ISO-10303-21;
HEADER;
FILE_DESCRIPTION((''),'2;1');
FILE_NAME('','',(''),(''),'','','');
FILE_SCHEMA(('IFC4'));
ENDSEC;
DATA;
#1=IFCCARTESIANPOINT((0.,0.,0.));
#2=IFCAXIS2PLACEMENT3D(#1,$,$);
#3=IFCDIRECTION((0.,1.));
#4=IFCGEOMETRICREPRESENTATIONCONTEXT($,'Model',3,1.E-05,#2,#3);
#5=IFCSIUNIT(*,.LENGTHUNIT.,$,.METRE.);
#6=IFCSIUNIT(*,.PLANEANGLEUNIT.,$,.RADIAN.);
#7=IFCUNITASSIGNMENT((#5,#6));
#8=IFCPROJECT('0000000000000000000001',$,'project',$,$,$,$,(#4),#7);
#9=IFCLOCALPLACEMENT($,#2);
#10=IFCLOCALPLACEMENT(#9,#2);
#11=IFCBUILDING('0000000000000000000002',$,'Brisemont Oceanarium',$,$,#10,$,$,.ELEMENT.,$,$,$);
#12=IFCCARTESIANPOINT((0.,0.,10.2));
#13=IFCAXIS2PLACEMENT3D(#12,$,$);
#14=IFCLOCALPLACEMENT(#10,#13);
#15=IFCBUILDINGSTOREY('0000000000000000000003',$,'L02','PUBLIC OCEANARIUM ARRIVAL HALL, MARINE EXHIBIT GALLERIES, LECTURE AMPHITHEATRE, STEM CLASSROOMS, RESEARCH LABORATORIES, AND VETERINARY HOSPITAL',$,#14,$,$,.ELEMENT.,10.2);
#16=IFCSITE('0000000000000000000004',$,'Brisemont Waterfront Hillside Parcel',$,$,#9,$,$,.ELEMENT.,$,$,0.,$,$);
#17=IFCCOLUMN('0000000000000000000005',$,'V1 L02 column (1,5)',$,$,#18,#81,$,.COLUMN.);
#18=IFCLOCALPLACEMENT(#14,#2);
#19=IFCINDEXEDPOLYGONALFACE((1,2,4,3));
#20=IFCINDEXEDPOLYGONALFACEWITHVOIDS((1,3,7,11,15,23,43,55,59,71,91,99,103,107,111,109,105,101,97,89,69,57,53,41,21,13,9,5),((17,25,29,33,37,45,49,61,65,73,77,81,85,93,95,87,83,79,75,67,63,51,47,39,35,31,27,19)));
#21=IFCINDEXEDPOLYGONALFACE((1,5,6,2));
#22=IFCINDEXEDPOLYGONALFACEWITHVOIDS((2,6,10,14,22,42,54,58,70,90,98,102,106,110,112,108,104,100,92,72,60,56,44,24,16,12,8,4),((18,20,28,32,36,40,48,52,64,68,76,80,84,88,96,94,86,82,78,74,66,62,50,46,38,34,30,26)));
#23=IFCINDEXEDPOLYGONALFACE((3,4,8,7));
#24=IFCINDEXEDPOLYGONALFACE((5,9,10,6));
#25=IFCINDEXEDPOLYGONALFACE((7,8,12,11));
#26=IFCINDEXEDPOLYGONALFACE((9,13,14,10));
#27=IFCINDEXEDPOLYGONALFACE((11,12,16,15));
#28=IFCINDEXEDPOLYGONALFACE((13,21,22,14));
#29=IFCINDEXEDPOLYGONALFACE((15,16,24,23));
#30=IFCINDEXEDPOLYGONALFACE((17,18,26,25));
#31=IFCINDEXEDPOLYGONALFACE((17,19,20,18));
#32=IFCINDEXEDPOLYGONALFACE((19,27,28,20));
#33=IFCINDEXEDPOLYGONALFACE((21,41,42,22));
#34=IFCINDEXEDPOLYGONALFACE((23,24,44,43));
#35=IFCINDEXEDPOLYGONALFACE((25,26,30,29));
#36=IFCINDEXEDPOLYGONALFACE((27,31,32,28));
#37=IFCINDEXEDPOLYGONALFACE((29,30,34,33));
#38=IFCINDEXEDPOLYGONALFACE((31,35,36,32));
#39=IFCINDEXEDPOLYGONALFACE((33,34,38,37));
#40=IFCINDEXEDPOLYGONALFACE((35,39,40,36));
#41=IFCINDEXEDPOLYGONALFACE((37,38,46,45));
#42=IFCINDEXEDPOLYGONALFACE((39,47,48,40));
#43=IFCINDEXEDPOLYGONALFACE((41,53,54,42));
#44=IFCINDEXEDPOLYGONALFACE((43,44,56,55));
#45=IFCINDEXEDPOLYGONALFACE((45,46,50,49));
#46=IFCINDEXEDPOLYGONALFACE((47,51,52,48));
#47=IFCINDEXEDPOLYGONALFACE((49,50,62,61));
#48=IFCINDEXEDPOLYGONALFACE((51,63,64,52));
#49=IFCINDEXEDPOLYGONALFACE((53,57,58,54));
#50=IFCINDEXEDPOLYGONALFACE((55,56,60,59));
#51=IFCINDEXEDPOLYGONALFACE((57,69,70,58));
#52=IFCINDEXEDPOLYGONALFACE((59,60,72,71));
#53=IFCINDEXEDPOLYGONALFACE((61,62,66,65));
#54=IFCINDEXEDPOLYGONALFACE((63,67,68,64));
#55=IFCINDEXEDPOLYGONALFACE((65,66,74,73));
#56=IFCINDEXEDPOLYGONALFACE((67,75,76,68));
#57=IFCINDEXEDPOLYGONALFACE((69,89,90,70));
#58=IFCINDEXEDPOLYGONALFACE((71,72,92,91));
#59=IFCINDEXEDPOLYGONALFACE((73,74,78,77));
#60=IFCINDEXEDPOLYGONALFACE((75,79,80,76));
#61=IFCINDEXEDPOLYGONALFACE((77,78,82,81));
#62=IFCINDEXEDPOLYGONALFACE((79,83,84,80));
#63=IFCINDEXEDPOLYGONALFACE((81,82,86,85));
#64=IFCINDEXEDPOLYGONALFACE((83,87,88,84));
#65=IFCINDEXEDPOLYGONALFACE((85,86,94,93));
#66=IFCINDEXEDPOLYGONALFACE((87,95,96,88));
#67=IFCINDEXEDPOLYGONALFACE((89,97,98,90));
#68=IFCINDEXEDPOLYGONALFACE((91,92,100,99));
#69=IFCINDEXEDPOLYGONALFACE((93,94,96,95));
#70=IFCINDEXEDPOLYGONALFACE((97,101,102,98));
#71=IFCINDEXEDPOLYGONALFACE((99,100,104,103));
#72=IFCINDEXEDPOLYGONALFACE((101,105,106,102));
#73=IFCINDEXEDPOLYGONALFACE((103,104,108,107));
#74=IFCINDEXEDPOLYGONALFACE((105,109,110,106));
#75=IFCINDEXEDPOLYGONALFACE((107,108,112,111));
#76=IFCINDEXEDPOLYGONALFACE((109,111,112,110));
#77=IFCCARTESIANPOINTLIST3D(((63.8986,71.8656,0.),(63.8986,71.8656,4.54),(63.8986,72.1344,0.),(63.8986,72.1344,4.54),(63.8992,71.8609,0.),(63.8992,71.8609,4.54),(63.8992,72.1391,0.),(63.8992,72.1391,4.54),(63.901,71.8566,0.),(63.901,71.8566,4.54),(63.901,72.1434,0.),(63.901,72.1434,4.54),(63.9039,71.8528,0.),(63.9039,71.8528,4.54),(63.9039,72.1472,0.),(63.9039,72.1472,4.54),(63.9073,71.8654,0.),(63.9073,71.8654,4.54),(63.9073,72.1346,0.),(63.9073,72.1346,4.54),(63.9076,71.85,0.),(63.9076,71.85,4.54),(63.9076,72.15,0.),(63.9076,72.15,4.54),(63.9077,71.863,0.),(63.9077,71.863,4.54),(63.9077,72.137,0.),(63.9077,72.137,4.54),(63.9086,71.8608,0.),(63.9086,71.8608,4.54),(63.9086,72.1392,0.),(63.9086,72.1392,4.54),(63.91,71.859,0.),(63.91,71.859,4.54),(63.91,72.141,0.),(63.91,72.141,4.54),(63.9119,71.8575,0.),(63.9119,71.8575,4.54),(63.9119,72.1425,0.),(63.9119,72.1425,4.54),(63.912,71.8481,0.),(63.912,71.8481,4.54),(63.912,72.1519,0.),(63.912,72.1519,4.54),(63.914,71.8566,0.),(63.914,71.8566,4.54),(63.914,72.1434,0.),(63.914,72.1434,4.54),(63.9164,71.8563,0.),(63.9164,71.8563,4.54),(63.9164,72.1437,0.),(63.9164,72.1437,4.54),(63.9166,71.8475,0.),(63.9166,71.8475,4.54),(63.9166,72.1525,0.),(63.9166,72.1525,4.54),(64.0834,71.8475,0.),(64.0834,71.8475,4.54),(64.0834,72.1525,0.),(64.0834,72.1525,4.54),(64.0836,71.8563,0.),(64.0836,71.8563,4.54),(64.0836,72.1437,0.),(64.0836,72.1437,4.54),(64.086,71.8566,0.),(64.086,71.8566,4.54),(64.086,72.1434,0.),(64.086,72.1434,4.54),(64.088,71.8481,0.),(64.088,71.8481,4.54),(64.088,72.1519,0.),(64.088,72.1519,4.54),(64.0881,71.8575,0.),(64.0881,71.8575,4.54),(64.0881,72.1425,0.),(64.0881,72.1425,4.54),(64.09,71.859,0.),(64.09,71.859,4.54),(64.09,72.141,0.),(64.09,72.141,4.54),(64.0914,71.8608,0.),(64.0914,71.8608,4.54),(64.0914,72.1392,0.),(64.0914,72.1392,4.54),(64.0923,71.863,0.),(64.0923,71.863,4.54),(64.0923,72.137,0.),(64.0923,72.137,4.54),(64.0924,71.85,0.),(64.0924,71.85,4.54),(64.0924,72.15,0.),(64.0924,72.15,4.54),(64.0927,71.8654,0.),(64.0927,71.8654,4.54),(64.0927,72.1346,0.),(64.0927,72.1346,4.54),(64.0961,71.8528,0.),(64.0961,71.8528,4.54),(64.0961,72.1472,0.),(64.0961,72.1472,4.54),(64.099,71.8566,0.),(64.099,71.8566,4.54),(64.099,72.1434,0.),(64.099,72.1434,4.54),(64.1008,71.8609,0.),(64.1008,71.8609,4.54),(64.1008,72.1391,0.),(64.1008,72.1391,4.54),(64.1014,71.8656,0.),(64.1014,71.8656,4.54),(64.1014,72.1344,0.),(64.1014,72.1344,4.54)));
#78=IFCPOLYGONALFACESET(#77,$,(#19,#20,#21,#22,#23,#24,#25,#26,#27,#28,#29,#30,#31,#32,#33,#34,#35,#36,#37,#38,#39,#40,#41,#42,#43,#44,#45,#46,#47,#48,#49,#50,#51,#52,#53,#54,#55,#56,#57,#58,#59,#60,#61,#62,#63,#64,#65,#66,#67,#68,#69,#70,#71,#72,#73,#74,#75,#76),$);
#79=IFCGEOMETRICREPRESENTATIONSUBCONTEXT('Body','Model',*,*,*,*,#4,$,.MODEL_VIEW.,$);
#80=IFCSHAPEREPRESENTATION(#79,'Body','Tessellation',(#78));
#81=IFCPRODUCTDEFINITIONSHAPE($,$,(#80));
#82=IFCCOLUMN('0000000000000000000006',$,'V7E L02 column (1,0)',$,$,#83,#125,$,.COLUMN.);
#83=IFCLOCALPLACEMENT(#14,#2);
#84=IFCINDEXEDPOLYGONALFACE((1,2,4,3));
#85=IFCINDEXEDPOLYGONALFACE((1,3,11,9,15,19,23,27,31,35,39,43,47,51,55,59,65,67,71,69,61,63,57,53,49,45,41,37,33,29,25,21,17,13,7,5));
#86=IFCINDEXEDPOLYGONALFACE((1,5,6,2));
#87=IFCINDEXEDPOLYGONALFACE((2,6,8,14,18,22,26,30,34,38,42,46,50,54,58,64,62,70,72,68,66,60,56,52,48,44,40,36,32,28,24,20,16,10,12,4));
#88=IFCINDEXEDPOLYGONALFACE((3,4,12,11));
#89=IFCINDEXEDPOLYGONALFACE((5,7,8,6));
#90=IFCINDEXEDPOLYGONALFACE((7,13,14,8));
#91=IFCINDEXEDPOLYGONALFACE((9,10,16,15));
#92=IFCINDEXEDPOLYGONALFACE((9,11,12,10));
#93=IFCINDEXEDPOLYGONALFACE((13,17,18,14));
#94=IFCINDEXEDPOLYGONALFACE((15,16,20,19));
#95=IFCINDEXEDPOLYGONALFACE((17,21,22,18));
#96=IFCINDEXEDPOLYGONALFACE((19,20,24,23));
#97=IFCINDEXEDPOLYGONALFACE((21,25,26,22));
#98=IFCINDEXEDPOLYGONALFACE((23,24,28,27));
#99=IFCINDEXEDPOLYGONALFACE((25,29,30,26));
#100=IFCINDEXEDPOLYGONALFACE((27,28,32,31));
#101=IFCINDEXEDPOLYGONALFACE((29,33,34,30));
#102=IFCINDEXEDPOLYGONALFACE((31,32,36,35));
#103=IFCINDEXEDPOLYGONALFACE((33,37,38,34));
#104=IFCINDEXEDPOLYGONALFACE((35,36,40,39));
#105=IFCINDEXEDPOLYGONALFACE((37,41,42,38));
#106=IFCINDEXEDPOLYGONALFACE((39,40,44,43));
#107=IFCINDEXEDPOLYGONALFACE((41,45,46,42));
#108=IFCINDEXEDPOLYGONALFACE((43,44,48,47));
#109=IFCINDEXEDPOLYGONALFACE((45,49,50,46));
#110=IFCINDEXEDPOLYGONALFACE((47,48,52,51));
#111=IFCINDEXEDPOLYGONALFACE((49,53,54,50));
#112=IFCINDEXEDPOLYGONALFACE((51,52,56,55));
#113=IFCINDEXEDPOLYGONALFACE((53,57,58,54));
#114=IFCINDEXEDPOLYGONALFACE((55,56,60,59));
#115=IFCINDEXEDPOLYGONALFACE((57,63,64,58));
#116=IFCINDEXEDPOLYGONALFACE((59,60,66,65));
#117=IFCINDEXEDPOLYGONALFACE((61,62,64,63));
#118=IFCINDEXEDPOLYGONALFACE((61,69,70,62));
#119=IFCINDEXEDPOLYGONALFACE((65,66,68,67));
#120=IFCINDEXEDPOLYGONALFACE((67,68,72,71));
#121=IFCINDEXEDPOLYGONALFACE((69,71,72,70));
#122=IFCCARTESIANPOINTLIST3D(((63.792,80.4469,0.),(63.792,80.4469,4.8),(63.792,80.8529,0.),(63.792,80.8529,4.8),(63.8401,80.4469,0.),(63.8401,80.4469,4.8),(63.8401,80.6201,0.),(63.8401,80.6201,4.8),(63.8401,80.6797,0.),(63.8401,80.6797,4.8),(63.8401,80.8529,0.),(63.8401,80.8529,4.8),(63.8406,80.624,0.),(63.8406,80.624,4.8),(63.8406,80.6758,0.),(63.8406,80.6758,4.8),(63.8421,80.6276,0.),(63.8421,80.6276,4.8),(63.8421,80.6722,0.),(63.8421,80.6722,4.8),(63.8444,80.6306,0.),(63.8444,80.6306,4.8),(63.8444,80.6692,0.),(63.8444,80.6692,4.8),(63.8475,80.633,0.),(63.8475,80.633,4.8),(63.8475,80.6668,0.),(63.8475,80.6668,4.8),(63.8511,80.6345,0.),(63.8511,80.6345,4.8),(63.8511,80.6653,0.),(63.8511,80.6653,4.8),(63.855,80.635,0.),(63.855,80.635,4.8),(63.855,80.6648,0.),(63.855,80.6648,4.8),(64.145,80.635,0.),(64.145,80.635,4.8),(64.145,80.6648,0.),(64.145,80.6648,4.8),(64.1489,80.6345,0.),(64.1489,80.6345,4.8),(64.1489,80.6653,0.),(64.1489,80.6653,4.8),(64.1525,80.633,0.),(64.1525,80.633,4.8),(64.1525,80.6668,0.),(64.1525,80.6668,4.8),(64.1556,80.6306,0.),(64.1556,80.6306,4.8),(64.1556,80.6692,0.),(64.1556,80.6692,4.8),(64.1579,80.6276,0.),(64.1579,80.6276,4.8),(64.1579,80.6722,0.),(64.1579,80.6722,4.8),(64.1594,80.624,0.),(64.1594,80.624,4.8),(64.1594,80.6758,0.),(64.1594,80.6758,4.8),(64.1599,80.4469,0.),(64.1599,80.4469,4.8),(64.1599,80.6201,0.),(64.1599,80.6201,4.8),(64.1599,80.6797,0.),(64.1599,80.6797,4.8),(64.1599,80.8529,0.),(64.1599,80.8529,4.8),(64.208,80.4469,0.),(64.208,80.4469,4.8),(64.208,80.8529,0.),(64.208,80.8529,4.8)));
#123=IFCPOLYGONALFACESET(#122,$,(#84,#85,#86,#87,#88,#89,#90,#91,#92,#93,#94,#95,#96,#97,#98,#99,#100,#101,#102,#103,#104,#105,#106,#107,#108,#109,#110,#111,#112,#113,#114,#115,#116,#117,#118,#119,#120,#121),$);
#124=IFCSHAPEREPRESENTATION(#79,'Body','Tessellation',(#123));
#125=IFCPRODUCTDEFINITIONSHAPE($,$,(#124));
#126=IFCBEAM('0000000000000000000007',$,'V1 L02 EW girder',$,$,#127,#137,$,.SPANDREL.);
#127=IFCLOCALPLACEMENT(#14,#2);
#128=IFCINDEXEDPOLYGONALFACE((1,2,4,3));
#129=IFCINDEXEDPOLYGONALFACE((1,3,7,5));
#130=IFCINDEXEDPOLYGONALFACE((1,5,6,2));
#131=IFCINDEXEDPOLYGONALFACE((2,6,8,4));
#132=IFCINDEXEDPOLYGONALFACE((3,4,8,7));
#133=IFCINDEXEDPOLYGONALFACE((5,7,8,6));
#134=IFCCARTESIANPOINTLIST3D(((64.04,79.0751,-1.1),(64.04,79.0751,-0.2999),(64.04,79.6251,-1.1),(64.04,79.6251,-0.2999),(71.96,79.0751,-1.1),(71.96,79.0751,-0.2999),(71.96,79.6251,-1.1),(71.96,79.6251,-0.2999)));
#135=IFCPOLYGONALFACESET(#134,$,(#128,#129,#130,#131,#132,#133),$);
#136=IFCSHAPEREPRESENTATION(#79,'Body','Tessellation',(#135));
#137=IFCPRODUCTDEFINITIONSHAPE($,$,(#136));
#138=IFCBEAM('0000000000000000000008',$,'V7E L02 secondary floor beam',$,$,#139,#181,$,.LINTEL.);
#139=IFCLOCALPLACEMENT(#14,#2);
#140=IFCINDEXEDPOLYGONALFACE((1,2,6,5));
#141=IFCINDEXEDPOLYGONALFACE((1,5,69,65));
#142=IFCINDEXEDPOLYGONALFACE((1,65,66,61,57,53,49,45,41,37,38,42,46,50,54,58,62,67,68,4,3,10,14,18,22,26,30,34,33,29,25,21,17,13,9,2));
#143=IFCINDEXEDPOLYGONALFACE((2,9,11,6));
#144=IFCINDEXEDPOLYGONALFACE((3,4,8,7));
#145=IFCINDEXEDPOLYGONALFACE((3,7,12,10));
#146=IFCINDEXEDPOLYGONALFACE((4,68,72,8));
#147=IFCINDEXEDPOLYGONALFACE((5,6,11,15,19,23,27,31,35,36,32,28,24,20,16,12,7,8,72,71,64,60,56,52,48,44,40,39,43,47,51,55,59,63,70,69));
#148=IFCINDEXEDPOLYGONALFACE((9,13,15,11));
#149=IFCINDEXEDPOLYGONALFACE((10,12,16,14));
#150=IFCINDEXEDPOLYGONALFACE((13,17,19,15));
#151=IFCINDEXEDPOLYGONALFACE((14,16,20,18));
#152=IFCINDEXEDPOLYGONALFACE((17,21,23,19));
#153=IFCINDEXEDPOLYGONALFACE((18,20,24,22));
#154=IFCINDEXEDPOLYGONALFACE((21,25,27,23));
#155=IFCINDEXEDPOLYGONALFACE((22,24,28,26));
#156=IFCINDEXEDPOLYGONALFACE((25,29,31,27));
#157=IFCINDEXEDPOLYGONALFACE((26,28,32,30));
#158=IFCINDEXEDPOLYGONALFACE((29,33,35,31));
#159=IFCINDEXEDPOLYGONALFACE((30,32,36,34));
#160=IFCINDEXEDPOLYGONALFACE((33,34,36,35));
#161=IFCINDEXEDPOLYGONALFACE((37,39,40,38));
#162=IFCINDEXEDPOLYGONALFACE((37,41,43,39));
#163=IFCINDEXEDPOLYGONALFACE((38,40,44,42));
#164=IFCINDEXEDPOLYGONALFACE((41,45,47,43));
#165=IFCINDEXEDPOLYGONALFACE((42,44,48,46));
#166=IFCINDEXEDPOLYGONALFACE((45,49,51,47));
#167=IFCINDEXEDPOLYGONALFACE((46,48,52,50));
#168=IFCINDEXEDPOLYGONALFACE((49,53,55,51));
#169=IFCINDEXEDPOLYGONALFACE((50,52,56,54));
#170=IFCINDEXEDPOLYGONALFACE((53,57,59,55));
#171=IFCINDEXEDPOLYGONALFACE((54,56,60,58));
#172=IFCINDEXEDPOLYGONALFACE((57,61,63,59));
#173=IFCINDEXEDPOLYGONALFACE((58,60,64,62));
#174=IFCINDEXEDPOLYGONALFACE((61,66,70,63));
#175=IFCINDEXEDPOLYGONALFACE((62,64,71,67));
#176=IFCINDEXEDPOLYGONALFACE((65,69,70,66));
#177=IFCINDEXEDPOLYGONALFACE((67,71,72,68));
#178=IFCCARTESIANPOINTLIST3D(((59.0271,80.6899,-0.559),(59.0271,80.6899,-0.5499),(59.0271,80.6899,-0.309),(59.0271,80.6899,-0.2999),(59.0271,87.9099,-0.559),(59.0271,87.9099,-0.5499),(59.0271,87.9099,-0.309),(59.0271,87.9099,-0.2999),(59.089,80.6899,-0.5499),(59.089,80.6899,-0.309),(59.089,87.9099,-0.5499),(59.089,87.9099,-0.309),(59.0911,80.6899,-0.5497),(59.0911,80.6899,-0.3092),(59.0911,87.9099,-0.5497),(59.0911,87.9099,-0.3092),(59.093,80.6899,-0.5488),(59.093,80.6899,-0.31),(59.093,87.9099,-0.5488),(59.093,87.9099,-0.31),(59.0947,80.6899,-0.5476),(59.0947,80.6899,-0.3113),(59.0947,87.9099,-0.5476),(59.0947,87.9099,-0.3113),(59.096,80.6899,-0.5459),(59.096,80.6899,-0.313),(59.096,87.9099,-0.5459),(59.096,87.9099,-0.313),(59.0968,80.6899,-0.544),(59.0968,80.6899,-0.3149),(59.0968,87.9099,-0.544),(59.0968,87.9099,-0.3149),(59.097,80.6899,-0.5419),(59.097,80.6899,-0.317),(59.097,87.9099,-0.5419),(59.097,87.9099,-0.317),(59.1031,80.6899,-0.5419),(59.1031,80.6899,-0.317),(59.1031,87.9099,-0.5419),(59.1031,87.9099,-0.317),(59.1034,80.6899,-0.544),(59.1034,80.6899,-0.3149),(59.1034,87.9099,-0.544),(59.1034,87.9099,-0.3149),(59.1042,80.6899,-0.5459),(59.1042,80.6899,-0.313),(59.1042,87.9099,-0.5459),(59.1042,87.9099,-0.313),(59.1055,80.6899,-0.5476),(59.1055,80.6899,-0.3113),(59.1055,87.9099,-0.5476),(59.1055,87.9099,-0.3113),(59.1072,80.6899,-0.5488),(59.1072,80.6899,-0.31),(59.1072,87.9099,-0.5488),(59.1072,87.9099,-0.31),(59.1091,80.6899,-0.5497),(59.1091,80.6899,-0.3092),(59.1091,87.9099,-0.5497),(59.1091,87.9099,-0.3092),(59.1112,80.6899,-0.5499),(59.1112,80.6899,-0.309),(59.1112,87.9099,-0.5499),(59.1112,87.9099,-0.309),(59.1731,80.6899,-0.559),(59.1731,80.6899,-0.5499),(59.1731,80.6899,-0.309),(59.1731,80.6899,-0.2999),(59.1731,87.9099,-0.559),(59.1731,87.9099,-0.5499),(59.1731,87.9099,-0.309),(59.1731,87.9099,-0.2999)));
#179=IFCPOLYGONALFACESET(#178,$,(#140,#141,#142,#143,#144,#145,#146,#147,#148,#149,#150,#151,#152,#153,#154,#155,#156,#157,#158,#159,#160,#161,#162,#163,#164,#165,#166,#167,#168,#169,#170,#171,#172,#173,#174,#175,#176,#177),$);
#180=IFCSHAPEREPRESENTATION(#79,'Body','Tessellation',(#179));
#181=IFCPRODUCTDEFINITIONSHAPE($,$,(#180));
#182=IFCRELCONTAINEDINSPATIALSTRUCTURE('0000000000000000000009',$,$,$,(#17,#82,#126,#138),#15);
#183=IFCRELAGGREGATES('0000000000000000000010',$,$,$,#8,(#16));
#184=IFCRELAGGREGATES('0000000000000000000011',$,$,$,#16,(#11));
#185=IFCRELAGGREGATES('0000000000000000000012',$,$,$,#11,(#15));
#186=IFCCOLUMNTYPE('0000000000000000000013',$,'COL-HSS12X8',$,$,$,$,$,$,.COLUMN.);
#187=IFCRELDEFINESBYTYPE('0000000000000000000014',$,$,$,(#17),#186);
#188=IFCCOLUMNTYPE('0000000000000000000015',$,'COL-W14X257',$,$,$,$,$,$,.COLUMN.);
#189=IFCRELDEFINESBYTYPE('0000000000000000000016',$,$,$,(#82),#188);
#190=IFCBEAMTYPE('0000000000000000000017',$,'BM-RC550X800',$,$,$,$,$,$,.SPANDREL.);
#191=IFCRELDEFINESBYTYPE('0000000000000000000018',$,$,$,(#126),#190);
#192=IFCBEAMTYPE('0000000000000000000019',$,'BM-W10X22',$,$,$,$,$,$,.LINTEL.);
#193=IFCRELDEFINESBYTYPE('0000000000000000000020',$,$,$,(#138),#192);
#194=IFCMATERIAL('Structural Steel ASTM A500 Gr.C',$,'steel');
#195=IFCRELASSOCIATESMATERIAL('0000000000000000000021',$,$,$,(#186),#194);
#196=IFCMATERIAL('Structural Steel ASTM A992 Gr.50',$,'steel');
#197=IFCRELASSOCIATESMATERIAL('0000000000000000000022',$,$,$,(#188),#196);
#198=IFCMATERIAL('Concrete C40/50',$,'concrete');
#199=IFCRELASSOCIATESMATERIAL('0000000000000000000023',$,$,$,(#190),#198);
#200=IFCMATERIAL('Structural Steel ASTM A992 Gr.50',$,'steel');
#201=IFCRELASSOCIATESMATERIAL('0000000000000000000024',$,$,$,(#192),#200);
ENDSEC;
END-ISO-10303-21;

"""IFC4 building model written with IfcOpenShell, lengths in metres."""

from ifc_helpers import new_model, si_unit, direction, frame, origin, origin_2d, place, context, subcontext, project, spatial, rectangle, hollow_rectangle, i_section, extrude, material, material_profile, profile_set, type_object, element, save


model = new_model("IFC4")

# Units and contexts
model_context = context("Model", 3, precision=1e-05, world=origin(), true_north=direction((0.0, 1.0)))
body_context = subcontext(model_context, "Body", "Model", "MODEL_VIEW")
ifc_project = project(units=[si_unit("LENGTHUNIT", "METRE"), si_unit("PLANEANGLEUNIT", "RADIAN")], contexts=[model_context])

# Site, building, storey
site_placement = place(None, origin())
site = spatial("IfcSite", under=ifc_project, at=site_placement, Name="Brisemont Waterfront Hillside Parcel", CompositionType="ELEMENT", RefElevation=0.0)
building_placement = place(site_placement, origin())
building = spatial("IfcBuilding", under=site, at=building_placement, Name="Brisemont Oceanarium", CompositionType="ELEMENT")
storey_placement = place(building_placement, frame((0.0, 0.0, 10.2)))
storey = spatial("IfcBuildingStorey", under=building, at=storey_placement, Name="L02", Description="PUBLIC OCEANARIUM ARRIVAL HALL, MARINE EXHIBIT GALLERIES, LECTURE AMPHITHEATRE, STEM CLASSROOMS, RESEARCH LABORATORIES, AND VETERINARY HOSPITAL", CompositionType="ELEMENT", Elevation=10.2)

# Columns
ifc_material_1 = material(Name="Structural Steel ASTM A500 Gr.C", Category="steel")
ifc_material_profile_1 = material_profile(ifc_material_1, hollow_rectangle(XDim=0.2029, YDim=0.3049, WallThickness=0.0088, InnerFilletRadius=0.009, OuterFilletRadius=0.0181, at=origin_2d()), Name="HSS12X8X3/8")
ifc_profile_set_1 = profile_set([ifc_material_profile_1], Name="Structural Steel ASTM A500 Gr.C")
column_type_1 = type_object("IfcColumnType", Name="COL-HSS12X8", PredefinedType="COLUMN", material=ifc_profile_set_1)
column_1_placement = place(storey_placement, frame((64.0, 72.0, 0.0), z_axis=(0.0, 0.0, 1.0), x_axis=(1.0, 0.0, 0.0)))
element("IfcColumn", 1, at=column_1_placement, inside=storey, type_object=column_type_1, Name="V1 L02 column (1,5)", PredefinedType="COLUMN", context=body_context, shape_type="SweptSolid", body=[
    extrude(hollow_rectangle(XDim=0.2029, YDim=0.3049, WallThickness=0.0088, InnerFilletRadius=0.009, OuterFilletRadius=0.0181, at=origin_2d()), origin(), (0.0, 0.0, 1.0), 4.54),
])
ifc_material_2 = material(Name="Structural Steel ASTM A992 Gr.50", Category="steel")
ifc_material_profile_2 = material_profile(ifc_material_2, i_section(OverallWidth=0.406, OverallDepth=0.416, WebThickness=0.0298, FlangeThickness=0.0481, FilletRadius=0.0149, at=origin_2d()), Name="W14X257")
ifc_profile_set_2 = profile_set([ifc_material_profile_2], Name="Structural Steel ASTM A992 Gr.50")
column_type_2 = type_object("IfcColumnType", Name="COL-W14X257", PredefinedType="COLUMN", material=ifc_profile_set_2)
column_2_placement = place(storey_placement, frame((64.0, 80.6499, 0.0), z_axis=(0.0, 0.0, 1.0), x_axis=(0.0, 1.0, 0.0)))
element("IfcColumn", 2, at=column_2_placement, inside=storey, type_object=column_type_2, Name="V7E L02 column (1,0)", PredefinedType="COLUMN", context=body_context, shape_type="SweptSolid", body=[
    extrude(i_section(OverallWidth=0.406, OverallDepth=0.416, WebThickness=0.0298, FlangeThickness=0.0481, FilletRadius=0.0149, at=origin_2d()), origin(), (0.0, 0.0, 1.0), 4.8),
])

# Beams
ifc_material_3 = material(Name="Concrete C40/50", Category="concrete")
ifc_material_profile_3 = material_profile(ifc_material_3, rectangle(XDim=0.55, YDim=0.8, at=origin_2d()), Name="RC-BM-550X800")
ifc_profile_set_3 = profile_set([ifc_material_profile_3], Name="Concrete C40/50")
beam_type_1 = type_object("IfcBeamType", Name="BM-RC550X800", PredefinedType="SPANDREL", material=ifc_profile_set_3)
beam_1_placement = place(storey_placement, frame((64.04, 79.3501, -0.7), z_axis=(1.0, 0.0, 0.0), x_axis=(0.0, 1.0, 0.0)))
element("IfcBeam", 3, at=beam_1_placement, inside=storey, type_object=beam_type_1, Name="V1 L02 EW girder", PredefinedType="SPANDREL", context=body_context, shape_type="SweptSolid", body=[
    extrude(rectangle(XDim=0.55, YDim=0.8, at=origin_2d()), origin(), (0.0, 0.0, 1.0), 7.9199),
])
ifc_material_4 = material(Name="Structural Steel ASTM A992 Gr.50", Category="steel")
ifc_material_profile_4 = material_profile(ifc_material_4, i_section(OverallWidth=0.146, OverallDepth=0.259, WebThickness=0.0061, FlangeThickness=0.009, FilletRadius=0.0081, at=origin_2d()), Name="W10X22")
ifc_profile_set_4 = profile_set([ifc_material_profile_4], Name="Structural Steel ASTM A992 Gr.50")
beam_type_2 = type_object("IfcBeamType", Name="BM-W10X22", PredefinedType="LINTEL", material=ifc_profile_set_4)
beam_2_placement = place(storey_placement, frame((59.1001, 80.6899, -0.4294), z_axis=(0.0, 1.0, 0.0), x_axis=(-1.0, 0.0, 0.0)))
element("IfcBeam", 4, at=beam_2_placement, inside=storey, type_object=beam_type_2, Name="V7E L02 secondary floor beam", PredefinedType="LINTEL", context=body_context, shape_type="SweptSolid", body=[
    extrude(i_section(OverallWidth=0.146, OverallDepth=0.259, WebThickness=0.0061, FlangeThickness=0.009, FilletRadius=0.0081, at=origin_2d()), origin(), (0.0, 0.0, 1.0), 7.22),
])

save(model, "model.ifc")
